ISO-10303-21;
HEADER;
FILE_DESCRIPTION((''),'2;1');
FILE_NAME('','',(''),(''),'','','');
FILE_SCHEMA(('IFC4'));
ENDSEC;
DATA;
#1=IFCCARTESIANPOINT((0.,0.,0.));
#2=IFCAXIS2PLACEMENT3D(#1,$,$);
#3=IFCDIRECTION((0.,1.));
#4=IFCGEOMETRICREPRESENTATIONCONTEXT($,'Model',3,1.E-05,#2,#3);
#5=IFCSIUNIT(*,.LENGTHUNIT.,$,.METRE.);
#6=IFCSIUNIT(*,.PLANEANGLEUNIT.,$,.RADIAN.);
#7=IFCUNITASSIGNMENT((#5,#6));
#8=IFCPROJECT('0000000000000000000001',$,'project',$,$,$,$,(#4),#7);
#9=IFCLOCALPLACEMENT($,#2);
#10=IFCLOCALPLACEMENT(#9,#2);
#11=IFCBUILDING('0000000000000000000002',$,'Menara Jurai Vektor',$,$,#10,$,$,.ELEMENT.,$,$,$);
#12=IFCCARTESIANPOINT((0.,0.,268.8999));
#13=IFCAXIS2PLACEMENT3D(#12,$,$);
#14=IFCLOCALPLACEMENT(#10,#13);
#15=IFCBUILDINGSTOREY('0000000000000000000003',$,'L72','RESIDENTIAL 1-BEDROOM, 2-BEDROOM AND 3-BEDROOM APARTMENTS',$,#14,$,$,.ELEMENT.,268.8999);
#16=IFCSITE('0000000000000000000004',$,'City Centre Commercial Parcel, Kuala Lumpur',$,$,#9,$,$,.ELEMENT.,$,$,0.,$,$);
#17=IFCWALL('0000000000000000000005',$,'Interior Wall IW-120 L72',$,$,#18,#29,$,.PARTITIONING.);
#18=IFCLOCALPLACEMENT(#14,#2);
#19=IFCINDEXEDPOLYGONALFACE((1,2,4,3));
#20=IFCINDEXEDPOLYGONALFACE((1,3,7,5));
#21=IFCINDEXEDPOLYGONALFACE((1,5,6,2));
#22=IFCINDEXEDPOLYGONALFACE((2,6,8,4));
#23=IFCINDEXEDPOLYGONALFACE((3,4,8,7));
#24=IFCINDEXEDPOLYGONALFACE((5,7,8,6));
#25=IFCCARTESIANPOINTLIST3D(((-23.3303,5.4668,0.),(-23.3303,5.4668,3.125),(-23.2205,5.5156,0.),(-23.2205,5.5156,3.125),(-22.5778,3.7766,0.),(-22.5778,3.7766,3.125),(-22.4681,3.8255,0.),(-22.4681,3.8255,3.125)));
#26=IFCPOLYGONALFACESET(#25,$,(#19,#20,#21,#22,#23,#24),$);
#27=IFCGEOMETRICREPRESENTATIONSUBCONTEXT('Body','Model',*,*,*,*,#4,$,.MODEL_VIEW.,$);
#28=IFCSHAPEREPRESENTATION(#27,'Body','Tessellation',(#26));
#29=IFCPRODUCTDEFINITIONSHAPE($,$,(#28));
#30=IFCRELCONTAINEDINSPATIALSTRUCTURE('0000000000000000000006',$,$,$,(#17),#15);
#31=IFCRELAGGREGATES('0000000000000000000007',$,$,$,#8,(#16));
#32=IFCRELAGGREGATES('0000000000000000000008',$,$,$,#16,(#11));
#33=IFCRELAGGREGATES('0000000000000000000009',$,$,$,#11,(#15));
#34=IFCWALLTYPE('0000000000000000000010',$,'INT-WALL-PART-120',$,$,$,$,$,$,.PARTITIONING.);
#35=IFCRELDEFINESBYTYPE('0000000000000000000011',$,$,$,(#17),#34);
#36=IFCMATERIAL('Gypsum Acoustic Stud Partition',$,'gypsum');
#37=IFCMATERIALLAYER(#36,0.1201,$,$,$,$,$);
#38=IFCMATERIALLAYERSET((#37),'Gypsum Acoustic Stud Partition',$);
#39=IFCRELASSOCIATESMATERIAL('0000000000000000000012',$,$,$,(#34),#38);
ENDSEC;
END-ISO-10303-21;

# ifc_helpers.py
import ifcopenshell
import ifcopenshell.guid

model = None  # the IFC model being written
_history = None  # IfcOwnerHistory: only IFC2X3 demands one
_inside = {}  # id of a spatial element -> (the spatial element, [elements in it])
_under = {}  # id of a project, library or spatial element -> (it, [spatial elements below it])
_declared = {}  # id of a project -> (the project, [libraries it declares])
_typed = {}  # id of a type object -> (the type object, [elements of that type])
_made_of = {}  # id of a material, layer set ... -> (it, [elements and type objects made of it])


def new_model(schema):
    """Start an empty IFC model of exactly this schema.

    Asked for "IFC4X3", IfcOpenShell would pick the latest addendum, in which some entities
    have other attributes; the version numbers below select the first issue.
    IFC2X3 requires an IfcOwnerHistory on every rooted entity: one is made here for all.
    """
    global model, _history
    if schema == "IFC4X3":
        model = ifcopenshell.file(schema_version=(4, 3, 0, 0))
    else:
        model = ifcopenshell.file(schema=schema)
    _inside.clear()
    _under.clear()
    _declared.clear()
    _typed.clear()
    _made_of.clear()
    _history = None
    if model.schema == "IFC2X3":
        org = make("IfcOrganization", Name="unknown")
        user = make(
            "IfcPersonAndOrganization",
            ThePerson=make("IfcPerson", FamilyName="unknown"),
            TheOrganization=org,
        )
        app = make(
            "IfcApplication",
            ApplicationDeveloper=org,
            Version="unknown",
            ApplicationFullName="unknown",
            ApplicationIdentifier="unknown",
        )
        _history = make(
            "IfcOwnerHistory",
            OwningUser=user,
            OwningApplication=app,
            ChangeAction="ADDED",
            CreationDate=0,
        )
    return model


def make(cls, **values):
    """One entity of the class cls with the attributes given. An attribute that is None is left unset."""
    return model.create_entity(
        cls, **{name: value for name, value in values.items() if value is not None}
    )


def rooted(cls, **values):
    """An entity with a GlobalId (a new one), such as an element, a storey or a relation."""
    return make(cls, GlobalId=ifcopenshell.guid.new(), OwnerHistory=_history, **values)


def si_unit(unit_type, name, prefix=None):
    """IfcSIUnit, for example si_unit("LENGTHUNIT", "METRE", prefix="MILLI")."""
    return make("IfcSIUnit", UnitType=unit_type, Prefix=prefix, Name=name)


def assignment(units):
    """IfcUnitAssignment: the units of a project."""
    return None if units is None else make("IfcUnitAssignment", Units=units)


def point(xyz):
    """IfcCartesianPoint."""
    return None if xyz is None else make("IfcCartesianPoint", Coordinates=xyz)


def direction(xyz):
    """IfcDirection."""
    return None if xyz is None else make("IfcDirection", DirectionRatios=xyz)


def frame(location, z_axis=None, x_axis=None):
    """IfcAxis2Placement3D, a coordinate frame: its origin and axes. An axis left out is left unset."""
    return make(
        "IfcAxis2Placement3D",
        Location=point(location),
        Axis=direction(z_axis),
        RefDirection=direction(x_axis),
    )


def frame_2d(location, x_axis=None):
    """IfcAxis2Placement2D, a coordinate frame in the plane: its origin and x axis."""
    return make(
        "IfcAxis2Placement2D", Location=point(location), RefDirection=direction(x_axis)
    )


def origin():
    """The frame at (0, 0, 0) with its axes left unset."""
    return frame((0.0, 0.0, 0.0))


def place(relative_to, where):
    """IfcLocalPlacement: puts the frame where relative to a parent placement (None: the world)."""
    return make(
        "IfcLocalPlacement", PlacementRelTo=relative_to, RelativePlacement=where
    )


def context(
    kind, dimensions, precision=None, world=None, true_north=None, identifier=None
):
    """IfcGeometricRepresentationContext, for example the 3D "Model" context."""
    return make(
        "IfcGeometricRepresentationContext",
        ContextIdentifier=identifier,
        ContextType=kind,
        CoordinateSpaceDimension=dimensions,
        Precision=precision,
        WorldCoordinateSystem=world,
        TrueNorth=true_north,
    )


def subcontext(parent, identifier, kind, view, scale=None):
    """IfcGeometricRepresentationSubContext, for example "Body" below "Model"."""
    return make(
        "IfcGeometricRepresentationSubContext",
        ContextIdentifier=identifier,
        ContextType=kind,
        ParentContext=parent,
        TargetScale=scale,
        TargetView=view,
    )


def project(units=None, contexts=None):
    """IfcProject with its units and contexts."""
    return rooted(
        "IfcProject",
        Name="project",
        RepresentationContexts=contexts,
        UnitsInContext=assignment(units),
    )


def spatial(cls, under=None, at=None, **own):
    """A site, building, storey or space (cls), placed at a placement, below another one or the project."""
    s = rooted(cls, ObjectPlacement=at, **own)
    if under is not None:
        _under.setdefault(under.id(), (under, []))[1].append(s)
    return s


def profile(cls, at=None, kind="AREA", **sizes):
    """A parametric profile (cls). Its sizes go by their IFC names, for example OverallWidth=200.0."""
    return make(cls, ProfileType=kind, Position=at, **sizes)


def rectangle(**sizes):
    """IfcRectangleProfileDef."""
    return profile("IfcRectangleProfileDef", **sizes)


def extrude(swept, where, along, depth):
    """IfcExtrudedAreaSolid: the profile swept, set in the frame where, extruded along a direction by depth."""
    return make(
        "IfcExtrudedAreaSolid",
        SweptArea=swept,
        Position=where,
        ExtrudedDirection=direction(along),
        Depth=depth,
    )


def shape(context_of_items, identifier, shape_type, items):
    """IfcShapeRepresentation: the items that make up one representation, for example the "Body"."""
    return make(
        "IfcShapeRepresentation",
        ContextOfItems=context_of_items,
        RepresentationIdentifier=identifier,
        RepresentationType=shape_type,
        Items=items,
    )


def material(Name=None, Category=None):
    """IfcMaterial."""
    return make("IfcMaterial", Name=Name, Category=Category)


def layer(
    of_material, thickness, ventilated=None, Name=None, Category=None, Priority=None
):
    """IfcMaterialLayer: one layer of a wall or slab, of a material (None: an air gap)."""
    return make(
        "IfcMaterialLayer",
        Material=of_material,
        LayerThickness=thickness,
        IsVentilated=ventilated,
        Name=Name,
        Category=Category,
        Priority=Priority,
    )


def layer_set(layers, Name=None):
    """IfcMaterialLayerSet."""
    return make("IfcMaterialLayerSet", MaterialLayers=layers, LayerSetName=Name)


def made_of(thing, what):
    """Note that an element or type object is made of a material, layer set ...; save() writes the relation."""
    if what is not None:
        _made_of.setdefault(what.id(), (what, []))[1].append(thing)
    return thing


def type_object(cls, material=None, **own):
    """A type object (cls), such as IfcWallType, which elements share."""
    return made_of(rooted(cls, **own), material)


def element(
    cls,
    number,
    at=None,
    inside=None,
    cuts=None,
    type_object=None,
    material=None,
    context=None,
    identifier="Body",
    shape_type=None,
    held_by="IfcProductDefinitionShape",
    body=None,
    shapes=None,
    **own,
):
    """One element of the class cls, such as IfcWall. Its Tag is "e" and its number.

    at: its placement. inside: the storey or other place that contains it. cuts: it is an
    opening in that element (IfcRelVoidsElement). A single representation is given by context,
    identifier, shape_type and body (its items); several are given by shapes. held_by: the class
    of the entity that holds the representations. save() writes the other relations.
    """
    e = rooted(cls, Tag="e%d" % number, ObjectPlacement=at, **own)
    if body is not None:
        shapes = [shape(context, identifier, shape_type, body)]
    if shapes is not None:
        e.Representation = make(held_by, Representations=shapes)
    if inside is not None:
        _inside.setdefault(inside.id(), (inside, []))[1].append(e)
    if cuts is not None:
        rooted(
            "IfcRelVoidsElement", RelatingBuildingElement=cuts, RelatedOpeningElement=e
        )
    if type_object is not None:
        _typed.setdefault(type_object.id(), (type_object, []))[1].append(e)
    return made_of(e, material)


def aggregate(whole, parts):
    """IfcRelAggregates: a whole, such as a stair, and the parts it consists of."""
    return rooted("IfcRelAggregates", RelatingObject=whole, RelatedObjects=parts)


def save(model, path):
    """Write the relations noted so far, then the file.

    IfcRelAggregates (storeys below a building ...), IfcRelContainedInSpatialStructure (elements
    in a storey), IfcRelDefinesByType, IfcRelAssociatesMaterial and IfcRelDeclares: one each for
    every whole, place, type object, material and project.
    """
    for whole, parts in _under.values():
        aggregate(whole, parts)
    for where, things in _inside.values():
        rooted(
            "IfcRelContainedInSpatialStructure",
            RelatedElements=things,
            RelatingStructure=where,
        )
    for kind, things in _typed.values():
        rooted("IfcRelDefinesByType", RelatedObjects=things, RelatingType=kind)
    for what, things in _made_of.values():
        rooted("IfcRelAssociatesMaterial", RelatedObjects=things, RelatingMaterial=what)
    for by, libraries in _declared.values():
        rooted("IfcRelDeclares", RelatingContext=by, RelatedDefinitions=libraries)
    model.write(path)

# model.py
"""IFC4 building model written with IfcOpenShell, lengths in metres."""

from ifc_helpers import new_model, si_unit, direction, frame, frame_2d, origin, place, context, subcontext, project, spatial, rectangle, extrude, material, layer, layer_set, type_object, element, save


model = new_model("IFC4")

# Units and contexts
model_context = context("Model", 3, precision=1e-05, world=origin(), true_north=direction((0.0, 1.0)))
body_context = subcontext(model_context, "Body", "Model", "MODEL_VIEW")
ifc_project = project(units=[si_unit("LENGTHUNIT", "METRE"), si_unit("PLANEANGLEUNIT", "RADIAN")], contexts=[model_context])

# Site, building, storey
site_placement = place(None, origin())
site = spatial("IfcSite", under=ifc_project, at=site_placement, Name="City Centre Commercial Parcel, Kuala Lumpur", CompositionType="ELEMENT", RefElevation=0.0)
building_placement = place(site_placement, origin())
building = spatial("IfcBuilding", under=site, at=building_placement, Name="Menara Jurai Vektor", CompositionType="ELEMENT")
storey_placement = place(building_placement, frame((0.0, 0.0, 268.8999)))
storey = spatial("IfcBuildingStorey", under=building, at=storey_placement, Name="L72", Description="RESIDENTIAL 1-BEDROOM, 2-BEDROOM AND 3-BEDROOM APARTMENTS", CompositionType="ELEMENT", Elevation=268.8999)

# Wall
ifc_material_1 = material(Name="Gypsum Acoustic Stud Partition", Category="gypsum")
ifc_layer_1 = layer(ifc_material_1, 0.1201)
ifc_layer_set_1 = layer_set([ifc_layer_1], Name="Gypsum Acoustic Stud Partition")
wall_type_1 = type_object("IfcWallType", Name="INT-WALL-PART-120", PredefinedType="PARTITIONING", material=ifc_layer_set_1)
wall_1_placement = place(storey_placement, frame((-22.5229, 3.801, 0.0), z_axis=(0.0, 0.0, 1.0), x_axis=(-0.406702, 0.913561, 0.0)))
element("IfcWall", 1, at=wall_1_placement, inside=storey, type_object=wall_type_1, Name="Interior Wall IW-120 L72", PredefinedType="PARTITIONING", context=body_context, shape_type="SweptSolid", body=[
    extrude(rectangle(XDim=1.8501, YDim=0.1201, at=frame_2d((0.925, 0.0))), origin(), (0.0, 0.0, 1.0), 3.125),
])

save(model, "model.ifc")
